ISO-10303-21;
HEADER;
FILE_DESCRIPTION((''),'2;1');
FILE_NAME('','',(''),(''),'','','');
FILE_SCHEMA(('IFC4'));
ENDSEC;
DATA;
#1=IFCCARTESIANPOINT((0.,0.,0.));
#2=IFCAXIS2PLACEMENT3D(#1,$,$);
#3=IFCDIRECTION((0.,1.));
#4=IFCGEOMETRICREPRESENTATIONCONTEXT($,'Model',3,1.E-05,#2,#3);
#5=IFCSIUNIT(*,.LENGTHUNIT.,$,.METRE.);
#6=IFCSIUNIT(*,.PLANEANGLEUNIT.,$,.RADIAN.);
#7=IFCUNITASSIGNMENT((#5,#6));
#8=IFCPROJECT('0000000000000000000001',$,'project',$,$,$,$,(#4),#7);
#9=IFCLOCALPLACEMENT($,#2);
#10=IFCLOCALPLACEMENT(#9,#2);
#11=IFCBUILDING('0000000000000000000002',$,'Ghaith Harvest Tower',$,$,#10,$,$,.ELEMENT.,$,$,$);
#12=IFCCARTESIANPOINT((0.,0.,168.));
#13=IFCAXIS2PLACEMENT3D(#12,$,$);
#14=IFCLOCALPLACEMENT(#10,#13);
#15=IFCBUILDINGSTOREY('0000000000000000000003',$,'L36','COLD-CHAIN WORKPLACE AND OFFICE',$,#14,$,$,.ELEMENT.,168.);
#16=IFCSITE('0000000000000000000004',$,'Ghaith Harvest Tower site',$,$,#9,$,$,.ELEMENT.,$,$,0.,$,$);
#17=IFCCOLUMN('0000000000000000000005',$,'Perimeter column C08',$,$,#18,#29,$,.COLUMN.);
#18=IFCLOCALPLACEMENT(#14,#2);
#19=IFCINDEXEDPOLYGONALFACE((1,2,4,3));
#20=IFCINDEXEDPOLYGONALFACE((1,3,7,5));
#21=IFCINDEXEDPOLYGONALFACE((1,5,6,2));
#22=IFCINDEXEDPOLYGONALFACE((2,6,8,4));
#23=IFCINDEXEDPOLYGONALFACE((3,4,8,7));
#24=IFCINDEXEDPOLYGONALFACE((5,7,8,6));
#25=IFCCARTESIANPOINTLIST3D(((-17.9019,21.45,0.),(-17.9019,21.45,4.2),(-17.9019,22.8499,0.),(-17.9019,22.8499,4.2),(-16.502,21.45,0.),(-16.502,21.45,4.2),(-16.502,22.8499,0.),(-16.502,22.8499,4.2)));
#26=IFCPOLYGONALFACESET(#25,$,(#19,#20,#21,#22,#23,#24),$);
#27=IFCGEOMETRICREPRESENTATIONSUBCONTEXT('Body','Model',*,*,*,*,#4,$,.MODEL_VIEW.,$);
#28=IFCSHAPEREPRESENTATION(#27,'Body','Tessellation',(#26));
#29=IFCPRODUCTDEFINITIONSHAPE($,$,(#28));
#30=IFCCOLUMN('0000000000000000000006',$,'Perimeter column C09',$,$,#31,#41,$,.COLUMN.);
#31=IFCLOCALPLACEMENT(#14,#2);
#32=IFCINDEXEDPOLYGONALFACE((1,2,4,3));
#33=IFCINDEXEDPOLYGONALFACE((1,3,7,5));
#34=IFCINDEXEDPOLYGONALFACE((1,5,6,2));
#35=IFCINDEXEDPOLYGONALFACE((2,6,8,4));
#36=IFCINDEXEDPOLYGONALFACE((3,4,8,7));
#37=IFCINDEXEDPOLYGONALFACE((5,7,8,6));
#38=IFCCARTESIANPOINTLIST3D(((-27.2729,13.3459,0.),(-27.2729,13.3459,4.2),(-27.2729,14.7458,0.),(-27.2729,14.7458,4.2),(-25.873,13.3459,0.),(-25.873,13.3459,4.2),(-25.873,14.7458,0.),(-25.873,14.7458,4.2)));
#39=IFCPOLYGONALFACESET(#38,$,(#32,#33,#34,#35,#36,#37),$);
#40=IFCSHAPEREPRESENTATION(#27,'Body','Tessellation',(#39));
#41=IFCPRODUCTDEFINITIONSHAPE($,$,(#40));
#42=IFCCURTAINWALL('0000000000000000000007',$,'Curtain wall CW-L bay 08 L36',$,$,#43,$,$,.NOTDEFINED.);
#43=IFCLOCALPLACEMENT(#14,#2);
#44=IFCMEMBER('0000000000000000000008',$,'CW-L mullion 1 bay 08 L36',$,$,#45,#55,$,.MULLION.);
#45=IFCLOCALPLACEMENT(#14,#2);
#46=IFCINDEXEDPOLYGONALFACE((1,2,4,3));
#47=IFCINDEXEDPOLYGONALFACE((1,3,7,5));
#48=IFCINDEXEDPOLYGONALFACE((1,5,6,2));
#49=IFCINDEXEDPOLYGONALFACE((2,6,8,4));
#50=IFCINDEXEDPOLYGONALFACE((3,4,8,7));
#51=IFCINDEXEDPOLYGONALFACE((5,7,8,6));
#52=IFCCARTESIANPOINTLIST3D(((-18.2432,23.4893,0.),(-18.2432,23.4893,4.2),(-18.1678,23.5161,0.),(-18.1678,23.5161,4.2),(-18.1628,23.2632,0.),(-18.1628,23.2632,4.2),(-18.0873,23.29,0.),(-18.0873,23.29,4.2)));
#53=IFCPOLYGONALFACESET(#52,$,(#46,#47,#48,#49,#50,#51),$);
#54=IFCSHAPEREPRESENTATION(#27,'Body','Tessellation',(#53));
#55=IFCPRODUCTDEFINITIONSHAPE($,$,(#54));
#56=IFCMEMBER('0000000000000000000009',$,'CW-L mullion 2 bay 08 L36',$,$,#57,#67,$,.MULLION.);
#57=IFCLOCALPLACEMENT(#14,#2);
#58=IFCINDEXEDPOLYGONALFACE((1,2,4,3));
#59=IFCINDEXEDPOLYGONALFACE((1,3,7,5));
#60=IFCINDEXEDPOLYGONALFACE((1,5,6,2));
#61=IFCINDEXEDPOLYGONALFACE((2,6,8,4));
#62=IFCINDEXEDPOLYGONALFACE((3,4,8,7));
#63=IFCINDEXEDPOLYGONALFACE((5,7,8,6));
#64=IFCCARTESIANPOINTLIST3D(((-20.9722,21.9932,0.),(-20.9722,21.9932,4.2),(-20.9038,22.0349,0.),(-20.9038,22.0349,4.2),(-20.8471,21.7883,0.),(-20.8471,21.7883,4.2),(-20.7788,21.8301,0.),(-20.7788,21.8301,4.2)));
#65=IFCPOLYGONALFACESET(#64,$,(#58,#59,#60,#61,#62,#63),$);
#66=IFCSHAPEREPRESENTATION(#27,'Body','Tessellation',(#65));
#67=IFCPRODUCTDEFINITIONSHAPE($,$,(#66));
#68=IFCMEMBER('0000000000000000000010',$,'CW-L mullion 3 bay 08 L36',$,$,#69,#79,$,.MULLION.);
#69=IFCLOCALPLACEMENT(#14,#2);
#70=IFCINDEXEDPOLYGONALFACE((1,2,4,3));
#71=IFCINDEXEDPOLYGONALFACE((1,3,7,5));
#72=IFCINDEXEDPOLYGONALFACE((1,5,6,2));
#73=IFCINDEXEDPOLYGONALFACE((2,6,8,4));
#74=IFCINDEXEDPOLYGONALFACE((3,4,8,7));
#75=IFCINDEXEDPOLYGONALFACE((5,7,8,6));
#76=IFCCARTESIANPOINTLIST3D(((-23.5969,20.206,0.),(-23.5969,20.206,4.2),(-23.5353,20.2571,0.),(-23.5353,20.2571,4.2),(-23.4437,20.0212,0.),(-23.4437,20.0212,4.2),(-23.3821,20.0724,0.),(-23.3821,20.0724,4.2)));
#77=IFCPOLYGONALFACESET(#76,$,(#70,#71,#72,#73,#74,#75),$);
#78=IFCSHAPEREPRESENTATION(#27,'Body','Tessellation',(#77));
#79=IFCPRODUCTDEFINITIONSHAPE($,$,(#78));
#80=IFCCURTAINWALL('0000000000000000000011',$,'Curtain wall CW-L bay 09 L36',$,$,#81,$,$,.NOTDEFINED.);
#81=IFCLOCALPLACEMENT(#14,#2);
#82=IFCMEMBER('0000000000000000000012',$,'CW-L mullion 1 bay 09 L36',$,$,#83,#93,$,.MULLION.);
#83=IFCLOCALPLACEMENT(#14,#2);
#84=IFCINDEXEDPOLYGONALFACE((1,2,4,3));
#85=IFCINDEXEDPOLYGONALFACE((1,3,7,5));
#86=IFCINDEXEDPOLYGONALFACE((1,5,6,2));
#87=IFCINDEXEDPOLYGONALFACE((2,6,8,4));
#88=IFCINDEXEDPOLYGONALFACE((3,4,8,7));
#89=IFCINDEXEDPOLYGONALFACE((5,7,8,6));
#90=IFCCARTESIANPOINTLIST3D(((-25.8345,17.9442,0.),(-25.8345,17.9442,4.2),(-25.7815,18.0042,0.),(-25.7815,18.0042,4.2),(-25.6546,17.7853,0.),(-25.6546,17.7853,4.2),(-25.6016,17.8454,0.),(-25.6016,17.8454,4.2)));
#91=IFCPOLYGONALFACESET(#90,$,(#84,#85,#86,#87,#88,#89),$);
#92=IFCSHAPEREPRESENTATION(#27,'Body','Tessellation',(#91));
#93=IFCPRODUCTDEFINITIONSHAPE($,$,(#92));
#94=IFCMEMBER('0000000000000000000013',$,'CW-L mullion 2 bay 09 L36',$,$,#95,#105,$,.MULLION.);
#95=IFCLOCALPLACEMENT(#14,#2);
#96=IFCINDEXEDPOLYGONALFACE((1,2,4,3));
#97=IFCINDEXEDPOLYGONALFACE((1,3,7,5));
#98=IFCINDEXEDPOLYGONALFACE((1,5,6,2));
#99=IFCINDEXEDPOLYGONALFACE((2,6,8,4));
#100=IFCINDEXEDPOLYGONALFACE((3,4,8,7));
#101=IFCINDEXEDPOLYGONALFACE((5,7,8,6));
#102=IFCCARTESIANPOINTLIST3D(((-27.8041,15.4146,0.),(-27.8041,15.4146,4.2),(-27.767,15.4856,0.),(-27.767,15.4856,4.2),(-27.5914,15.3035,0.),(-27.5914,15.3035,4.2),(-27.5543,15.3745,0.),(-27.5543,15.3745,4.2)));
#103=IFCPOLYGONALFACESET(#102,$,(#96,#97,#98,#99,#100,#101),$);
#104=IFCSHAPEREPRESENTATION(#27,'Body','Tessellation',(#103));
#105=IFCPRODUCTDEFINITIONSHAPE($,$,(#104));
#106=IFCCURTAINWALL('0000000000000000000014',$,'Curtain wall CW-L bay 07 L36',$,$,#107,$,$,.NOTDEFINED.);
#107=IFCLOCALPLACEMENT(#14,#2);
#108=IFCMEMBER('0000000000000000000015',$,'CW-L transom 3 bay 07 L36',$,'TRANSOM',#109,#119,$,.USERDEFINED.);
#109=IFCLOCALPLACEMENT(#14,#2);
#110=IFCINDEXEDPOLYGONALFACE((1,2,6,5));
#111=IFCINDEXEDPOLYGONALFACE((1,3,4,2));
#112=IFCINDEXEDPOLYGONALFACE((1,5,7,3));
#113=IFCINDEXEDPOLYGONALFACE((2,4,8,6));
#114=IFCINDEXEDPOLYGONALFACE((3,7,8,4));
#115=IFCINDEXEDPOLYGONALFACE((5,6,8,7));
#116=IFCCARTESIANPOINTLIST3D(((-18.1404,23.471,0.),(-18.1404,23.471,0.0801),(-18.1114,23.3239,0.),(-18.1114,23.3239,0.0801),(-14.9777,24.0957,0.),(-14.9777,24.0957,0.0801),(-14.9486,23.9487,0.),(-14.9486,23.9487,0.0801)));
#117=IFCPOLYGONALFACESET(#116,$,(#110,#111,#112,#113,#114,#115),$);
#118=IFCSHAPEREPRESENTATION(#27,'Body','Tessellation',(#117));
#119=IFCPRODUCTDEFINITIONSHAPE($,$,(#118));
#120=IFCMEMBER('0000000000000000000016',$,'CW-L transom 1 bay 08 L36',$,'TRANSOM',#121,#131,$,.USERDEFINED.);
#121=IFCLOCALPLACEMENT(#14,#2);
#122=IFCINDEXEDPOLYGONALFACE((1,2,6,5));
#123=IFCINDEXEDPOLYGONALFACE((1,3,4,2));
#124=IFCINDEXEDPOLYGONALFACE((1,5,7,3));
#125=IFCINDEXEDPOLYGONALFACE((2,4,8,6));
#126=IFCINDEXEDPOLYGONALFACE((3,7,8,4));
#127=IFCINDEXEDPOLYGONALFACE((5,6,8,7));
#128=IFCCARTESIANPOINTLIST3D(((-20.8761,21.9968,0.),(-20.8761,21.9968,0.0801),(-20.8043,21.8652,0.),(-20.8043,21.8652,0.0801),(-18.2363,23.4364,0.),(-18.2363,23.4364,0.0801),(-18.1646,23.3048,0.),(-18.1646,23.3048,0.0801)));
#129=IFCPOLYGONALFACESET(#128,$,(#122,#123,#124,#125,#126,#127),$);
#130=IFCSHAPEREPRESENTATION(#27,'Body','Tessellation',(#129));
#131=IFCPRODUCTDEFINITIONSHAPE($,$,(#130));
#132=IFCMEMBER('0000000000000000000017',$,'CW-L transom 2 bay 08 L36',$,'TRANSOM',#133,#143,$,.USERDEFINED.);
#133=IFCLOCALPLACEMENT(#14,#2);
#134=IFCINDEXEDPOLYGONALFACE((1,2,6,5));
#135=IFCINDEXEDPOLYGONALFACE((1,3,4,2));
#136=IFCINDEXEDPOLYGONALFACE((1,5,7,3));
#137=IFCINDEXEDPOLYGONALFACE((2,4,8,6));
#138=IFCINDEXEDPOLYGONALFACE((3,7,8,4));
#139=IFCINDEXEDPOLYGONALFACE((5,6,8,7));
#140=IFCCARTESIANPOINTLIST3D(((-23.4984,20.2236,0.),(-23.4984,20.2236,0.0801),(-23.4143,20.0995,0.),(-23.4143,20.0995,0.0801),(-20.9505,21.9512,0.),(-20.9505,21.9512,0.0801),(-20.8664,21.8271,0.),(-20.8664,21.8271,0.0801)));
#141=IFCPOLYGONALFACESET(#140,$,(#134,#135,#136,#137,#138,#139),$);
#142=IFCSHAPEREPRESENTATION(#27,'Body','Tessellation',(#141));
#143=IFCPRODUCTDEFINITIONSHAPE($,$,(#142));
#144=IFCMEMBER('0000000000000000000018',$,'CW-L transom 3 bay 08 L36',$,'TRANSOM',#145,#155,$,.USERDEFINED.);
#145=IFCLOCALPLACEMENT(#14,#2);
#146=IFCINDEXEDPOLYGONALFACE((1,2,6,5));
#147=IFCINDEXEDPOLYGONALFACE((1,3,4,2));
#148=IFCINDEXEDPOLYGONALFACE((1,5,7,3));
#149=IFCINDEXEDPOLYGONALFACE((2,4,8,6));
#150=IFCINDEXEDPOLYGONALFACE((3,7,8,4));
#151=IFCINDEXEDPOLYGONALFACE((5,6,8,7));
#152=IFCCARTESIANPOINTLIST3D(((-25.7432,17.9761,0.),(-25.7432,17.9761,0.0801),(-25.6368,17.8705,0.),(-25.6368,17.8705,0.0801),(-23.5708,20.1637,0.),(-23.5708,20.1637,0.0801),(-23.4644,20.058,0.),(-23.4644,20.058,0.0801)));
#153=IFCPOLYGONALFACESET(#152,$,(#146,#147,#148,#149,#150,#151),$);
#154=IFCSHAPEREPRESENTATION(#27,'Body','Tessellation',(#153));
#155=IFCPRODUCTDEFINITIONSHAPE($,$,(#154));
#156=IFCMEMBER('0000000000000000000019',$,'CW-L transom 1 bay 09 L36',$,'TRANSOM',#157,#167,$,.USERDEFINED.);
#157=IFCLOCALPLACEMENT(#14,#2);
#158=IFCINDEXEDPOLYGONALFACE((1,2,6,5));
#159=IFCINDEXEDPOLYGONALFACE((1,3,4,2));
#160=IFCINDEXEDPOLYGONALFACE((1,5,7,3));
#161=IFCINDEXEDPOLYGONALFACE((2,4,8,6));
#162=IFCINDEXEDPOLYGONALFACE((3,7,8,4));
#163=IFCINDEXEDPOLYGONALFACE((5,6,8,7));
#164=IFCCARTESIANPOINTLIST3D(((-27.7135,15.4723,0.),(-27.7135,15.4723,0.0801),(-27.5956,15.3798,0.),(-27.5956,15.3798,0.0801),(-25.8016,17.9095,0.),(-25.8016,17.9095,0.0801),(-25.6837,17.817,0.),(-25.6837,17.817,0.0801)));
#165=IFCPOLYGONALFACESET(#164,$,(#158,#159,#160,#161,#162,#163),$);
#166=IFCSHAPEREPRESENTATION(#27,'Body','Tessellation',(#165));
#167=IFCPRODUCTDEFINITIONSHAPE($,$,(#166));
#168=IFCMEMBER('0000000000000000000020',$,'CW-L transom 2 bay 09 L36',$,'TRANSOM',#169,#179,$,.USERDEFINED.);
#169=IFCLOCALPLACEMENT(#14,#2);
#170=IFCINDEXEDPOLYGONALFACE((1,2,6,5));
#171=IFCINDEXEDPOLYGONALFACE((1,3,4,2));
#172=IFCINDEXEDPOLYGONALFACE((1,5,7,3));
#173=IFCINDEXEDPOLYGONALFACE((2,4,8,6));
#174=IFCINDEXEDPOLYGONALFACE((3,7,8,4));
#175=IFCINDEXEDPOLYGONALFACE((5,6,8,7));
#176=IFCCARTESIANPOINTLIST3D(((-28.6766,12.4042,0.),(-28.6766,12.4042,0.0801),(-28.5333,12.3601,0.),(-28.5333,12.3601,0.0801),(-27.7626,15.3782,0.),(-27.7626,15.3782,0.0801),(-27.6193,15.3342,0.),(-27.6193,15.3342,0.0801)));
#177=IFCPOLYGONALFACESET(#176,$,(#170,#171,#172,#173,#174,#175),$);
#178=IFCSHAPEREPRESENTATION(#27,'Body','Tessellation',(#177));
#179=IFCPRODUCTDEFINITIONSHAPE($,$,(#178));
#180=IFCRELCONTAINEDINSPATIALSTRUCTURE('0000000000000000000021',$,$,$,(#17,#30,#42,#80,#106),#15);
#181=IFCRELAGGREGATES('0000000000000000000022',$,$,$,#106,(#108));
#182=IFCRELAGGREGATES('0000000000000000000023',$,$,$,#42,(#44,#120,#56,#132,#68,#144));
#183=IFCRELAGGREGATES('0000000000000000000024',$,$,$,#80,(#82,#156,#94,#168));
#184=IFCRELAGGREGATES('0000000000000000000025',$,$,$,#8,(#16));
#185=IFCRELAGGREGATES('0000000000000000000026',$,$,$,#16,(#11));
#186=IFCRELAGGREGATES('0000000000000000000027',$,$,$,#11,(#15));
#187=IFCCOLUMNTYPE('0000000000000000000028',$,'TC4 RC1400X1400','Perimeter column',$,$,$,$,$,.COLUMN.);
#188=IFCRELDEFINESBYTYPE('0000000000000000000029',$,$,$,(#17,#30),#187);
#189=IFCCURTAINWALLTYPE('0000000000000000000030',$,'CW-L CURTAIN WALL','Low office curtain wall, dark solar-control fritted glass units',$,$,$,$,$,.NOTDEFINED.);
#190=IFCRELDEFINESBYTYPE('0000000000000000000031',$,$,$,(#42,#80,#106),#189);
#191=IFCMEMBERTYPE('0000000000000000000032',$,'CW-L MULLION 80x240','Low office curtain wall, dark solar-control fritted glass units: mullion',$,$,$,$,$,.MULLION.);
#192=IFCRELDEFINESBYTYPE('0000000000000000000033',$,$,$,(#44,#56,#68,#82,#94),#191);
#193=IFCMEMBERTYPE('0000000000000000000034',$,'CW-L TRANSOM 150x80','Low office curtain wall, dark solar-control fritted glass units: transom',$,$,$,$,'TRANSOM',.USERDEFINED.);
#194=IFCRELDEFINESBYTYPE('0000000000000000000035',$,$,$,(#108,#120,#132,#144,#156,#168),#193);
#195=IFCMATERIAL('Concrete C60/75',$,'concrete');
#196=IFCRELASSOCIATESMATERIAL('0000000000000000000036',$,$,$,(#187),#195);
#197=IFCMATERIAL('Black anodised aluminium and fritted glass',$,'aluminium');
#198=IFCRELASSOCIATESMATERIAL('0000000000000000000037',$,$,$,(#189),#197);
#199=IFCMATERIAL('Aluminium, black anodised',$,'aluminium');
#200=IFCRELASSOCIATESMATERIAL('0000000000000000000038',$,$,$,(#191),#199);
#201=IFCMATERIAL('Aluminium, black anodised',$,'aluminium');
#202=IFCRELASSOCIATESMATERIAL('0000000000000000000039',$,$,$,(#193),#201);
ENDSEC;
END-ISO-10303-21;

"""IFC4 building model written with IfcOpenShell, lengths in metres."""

from ifc_helpers import new_model, si_unit, direction, frame, origin, origin_2d, place, context, subcontext, project, spatial, rectangle, extrude, material, material_profile, profile_set, type_object, element, aggregate, save


model = new_model("IFC4")

# Units and contexts
model_context = context("Model", 3, precision=1e-05, world=origin(), true_north=direction((0.0, 1.0)))
body_context = subcontext(model_context, "Body", "Model", "MODEL_VIEW")
ifc_project = project(units=[si_unit("LENGTHUNIT", "METRE"), si_unit("PLANEANGLEUNIT", "RADIAN")], contexts=[model_context])

# Site, building, storey
site_placement = place(None, origin())
site = spatial("IfcSite", under=ifc_project, at=site_placement, Name="Ghaith Harvest Tower site", CompositionType="ELEMENT", RefElevation=0.0)
building_placement = place(site_placement, origin())
building = spatial("IfcBuilding", under=site, at=building_placement, Name="Ghaith Harvest Tower", CompositionType="ELEMENT")
storey_placement = place(building_placement, frame((0.0, 0.0, 168.0)))
storey = spatial("IfcBuildingStorey", under=building, at=storey_placement, Name="L36", Description="COLD-CHAIN WORKPLACE AND OFFICE", CompositionType="ELEMENT", Elevation=168.0)

# Columns
ifc_material_1 = material(Name="Concrete C60/75", Category="concrete")
ifc_material_profile_1 = material_profile(ifc_material_1, rectangle(XDim=1.3999, YDim=1.3999, at=origin_2d()), Name="RC1400X1400")
ifc_profile_set_1 = profile_set([ifc_material_profile_1], Name="Concrete C60/75")
column_type = type_object("IfcColumnType", Name="TC4 RC1400X1400", Description="Perimeter column", PredefinedType="COLUMN", material=ifc_profile_set_1)
for number, where, z_axis, x_axis, name in (
    (1, (-17.2019, 22.1499, 0.0), (0.0, 0.0, 1.0), (1.0, 0.0, 0.0), "Perimeter column C08"),
    (2, (-26.573, 14.0459, 0.0), (0.0, 0.0, 1.0), (1.0, 0.0, 0.0), "Perimeter column C09"),
):
    element("IfcColumn", number, at=place(storey_placement, frame(where, z_axis=z_axis, x_axis=x_axis)), inside=storey, type_object=column_type, Name=name, PredefinedType="COLUMN", context=body_context, shape_type="SweptSolid", body=[
        extrude(rectangle(XDim=1.3999, YDim=1.3999, at=origin_2d()), origin(), (0.0, 0.0, 1.0), 4.2),
    ])

# Curtain walls, members
ifc_material_2 = material(Name="Black anodised aluminium and fritted glass", Category="aluminium")
curtain_wall_type = type_object("IfcCurtainWallType", Name="CW-L CURTAIN WALL", Description="Low office curtain wall, dark solar-control fritted glass units", PredefinedType="NOTDEFINED", material=ifc_material_2)
curtain_wall_1_placement = place(storey_placement, origin())
curtain_wall_1 = element("IfcCurtainWall", 3, at=curtain_wall_1_placement, inside=storey, type_object=curtain_wall_type, Name="Curtain wall CW-L bay 08 L36", PredefinedType="NOTDEFINED")
ifc_material_3 = material(Name="Aluminium, black anodised", Category="aluminium")
ifc_material_profile_2 = material_profile(ifc_material_3, rectangle(XDim=0.0801, YDim=0.24, at=origin_2d()), Name="CW-L MULLION 80x240")
ifc_profile_set_2 = profile_set([ifc_material_profile_2], Name="Aluminium, black anodised")
member_type_1 = type_object("IfcMemberType", Name="CW-L MULLION 80x240", Description="Low office curtain wall, dark solar-control fritted glass units: mullion", PredefinedType="MULLION", material=ifc_profile_set_2)
member_1_placement = place(storey_placement, frame((-18.1653, 23.3896, 0.0), z_axis=(0.0, 0.0, 1.0), x_axis=(-0.942104, -0.335322, 0.0)))
member_1 = element("IfcMember", 4, at=member_1_placement, type_object=member_type_1, Name="CW-L mullion 1 bay 08 L36", PredefinedType="MULLION", context=body_context, shape_type="SweptSolid", body=[
    extrude(rectangle(XDim=0.0801, YDim=0.24, at=origin_2d()), origin(), (0.0, 0.0, 1.0), 4.2),
])
member_2_placement = place(storey_placement, frame((-20.8755, 21.9116, 0.0), z_axis=(0.0, 0.0, 1.0), x_axis=(-0.853516, -0.521067, 0.0)))
member_2 = element("IfcMember", 5, at=member_2_placement, type_object=member_type_1, Name="CW-L mullion 2 bay 08 L36", PredefinedType="MULLION", context=body_context, shape_type="SweptSolid", body=[
    extrude(rectangle(XDim=0.0801, YDim=0.24, at=origin_2d()), origin(), (0.0, 0.0, 1.0), 4.2),
])
member_3_placement = place(storey_placement, frame((-23.4895, 20.1392, 0.0), z_axis=(0.0, 0.0, 1.0), x_axis=(-0.769683, -0.638427, 0.0)))
member_3 = element("IfcMember", 6, at=member_3_placement, type_object=member_type_1, Name="CW-L mullion 3 bay 08 L36", PredefinedType="MULLION", context=body_context, shape_type="SweptSolid", body=[
    extrude(rectangle(XDim=0.0801, YDim=0.24, at=origin_2d()), origin(), (0.0, 0.0, 1.0), 4.2),
])
curtain_wall_2_placement = place(storey_placement, origin())
curtain_wall_2 = element("IfcCurtainWall", 7, at=curtain_wall_2_placement, inside=storey, type_object=curtain_wall_type, Name="Curtain wall CW-L bay 09 L36", PredefinedType="NOTDEFINED")
member_4_placement = place(storey_placement, frame((-25.718, 17.8948, 0.0), z_axis=(0.0, 0.0, 1.0), x_axis=(-0.661904, -0.749589, 0.0)))
member_4 = element("IfcMember", 8, at=member_4_placement, type_object=member_type_1, Name="CW-L mullion 1 bay 09 L36", PredefinedType="MULLION", context=body_context, shape_type="SweptSolid", body=[
    extrude(rectangle(XDim=0.0801, YDim=0.24, at=origin_2d()), origin(), (0.0, 0.0, 1.0), 4.2),
])
member_5_placement = place(storey_placement, frame((-27.6792, 15.3945, 0.0), z_axis=(0.0, 0.0, 1.0), x_axis=(-0.46289, -0.886416, 0.0)))
member_5 = element("IfcMember", 9, at=member_5_placement, type_object=member_type_1, Name="CW-L mullion 2 bay 09 L36", PredefinedType="MULLION", context=body_context, shape_type="SweptSolid", body=[
    extrude(rectangle(XDim=0.0801, YDim=0.24, at=origin_2d()), origin(), (0.0, 0.0, 1.0), 4.2),
])

# Curtain wall, member
curtain_wall_3_placement = place(storey_placement, origin())
curtain_wall_3 = element("IfcCurtainWall", 10, at=curtain_wall_3_placement, inside=storey, type_object=curtain_wall_type, Name="Curtain wall CW-L bay 07 L36", PredefinedType="NOTDEFINED")
ifc_material_4 = material(Name="Aluminium, black anodised", Category="aluminium")
ifc_material_profile_3 = material_profile(ifc_material_4, rectangle(XDim=0.1499, YDim=0.0801, at=origin_2d()), Name="CW-L TRANSOM 150x80")
ifc_profile_set_3 = profile_set([ifc_material_profile_3], Name="Aluminium, black anodised")
member_type_2 = type_object("IfcMemberType", Name="CW-L TRANSOM 150x80", Description="Low office curtain wall, dark solar-control fritted glass units: transom", ElementType="TRANSOM", PredefinedType="USERDEFINED", material=ifc_profile_set_3)
member_6_placement = place(storey_placement, frame((-14.9631, 24.0222, 0.04), z_axis=(-0.981044, -0.193786, 0.0), x_axis=(0.193786, -0.981044, 0.0)))
member_6 = element("IfcMember", 11, at=member_6_placement, type_object=member_type_2, Name="CW-L transom 3 bay 07 L36", ObjectType="TRANSOM", PredefinedType="USERDEFINED", context=body_context, shape_type="SweptSolid", body=[
    extrude(rectangle(XDim=0.1499, YDim=0.0801, at=origin_2d()), origin(), (0.0, 0.0, 1.0), 3.2239),
])

# Members
member_7_placement = place(storey_placement, frame((-18.2004, 23.3706, 0.04), z_axis=(-0.87793, -0.47879, 0.0), x_axis=(0.47879, -0.87793, 0.0)))
member_7 = element("IfcMember", 12, at=member_7_placement, type_object=member_type_2, Name="CW-L transom 1 bay 08 L36", ObjectType="TRANSOM", PredefinedType="USERDEFINED", context=body_context, shape_type="SweptSolid", body=[
    extrude(rectangle(XDim=0.1499, YDim=0.0801, at=origin_2d()), origin(), (0.0, 0.0, 1.0), 3.0068),
])
member_8_placement = place(storey_placement, frame((-20.9084, 21.8892, 0.04), z_axis=(-0.827681, -0.561199, 0.0), x_axis=(0.561199, -0.827681, 0.0)))
member_8 = element("IfcMember", 13, at=member_8_placement, type_object=member_type_2, Name="CW-L transom 2 bay 08 L36", ObjectType="TRANSOM", PredefinedType="USERDEFINED", context=body_context, shape_type="SweptSolid", body=[
    extrude(rectangle(XDim=0.1499, YDim=0.0801, at=origin_2d()), origin(), (0.0, 0.0, 1.0), 3.0784),
])
member_9_placement = place(storey_placement, frame((-23.5176, 20.1108, 0.04), z_axis=(-0.704648, -0.709557, 0.0), x_axis=(0.709557, -0.704648, 0.0)))
member_9 = element("IfcMember", 14, at=member_9_placement, type_object=member_type_2, Name="CW-L transom 3 bay 08 L36", ObjectType="TRANSOM", PredefinedType="USERDEFINED", context=body_context, shape_type="SweptSolid", body=[
    extrude(rectangle(XDim=0.1499, YDim=0.0801, at=origin_2d()), origin(), (0.0, 0.0, 1.0), 3.083),
])
member_10_placement = place(storey_placement, frame((-25.7427, 17.8633, 0.04), z_axis=(-0.617198, -0.786808, 0.0), x_axis=(0.786808, -0.617198, 0.0)))
member_10 = element("IfcMember", 15, at=member_10_placement, type_object=member_type_2, Name="CW-L transom 1 bay 09 L36", ObjectType="TRANSOM", PredefinedType="USERDEFINED", context=body_context, shape_type="SweptSolid", body=[
    extrude(rectangle(XDim=0.1499, YDim=0.0801, at=origin_2d()), origin(), (0.0, 0.0, 1.0), 3.0977),
])
member_11_placement = place(storey_placement, frame((-27.6909, 15.3562, 0.04), z_axis=(-0.293777, -0.955874, 0.0), x_axis=(0.955874, -0.293777, 0.0)))
member_11 = element("IfcMember", 16, at=member_11_placement, type_object=member_type_2, Name="CW-L transom 2 bay 09 L36", ObjectType="TRANSOM", PredefinedType="USERDEFINED", context=body_context, shape_type="SweptSolid", body=[
    extrude(rectangle(XDim=0.1499, YDim=0.0801, at=origin_2d()), origin(), (0.0, 0.0, 1.0), 3.1113),
])

aggregate(curtain_wall_3, [member_6])
aggregate(curtain_wall_1, [member_1, member_7, member_2, member_8, member_3, member_9])
aggregate(curtain_wall_2, [member_4, member_10, member_5, member_11])

save(model, "model.ifc")
